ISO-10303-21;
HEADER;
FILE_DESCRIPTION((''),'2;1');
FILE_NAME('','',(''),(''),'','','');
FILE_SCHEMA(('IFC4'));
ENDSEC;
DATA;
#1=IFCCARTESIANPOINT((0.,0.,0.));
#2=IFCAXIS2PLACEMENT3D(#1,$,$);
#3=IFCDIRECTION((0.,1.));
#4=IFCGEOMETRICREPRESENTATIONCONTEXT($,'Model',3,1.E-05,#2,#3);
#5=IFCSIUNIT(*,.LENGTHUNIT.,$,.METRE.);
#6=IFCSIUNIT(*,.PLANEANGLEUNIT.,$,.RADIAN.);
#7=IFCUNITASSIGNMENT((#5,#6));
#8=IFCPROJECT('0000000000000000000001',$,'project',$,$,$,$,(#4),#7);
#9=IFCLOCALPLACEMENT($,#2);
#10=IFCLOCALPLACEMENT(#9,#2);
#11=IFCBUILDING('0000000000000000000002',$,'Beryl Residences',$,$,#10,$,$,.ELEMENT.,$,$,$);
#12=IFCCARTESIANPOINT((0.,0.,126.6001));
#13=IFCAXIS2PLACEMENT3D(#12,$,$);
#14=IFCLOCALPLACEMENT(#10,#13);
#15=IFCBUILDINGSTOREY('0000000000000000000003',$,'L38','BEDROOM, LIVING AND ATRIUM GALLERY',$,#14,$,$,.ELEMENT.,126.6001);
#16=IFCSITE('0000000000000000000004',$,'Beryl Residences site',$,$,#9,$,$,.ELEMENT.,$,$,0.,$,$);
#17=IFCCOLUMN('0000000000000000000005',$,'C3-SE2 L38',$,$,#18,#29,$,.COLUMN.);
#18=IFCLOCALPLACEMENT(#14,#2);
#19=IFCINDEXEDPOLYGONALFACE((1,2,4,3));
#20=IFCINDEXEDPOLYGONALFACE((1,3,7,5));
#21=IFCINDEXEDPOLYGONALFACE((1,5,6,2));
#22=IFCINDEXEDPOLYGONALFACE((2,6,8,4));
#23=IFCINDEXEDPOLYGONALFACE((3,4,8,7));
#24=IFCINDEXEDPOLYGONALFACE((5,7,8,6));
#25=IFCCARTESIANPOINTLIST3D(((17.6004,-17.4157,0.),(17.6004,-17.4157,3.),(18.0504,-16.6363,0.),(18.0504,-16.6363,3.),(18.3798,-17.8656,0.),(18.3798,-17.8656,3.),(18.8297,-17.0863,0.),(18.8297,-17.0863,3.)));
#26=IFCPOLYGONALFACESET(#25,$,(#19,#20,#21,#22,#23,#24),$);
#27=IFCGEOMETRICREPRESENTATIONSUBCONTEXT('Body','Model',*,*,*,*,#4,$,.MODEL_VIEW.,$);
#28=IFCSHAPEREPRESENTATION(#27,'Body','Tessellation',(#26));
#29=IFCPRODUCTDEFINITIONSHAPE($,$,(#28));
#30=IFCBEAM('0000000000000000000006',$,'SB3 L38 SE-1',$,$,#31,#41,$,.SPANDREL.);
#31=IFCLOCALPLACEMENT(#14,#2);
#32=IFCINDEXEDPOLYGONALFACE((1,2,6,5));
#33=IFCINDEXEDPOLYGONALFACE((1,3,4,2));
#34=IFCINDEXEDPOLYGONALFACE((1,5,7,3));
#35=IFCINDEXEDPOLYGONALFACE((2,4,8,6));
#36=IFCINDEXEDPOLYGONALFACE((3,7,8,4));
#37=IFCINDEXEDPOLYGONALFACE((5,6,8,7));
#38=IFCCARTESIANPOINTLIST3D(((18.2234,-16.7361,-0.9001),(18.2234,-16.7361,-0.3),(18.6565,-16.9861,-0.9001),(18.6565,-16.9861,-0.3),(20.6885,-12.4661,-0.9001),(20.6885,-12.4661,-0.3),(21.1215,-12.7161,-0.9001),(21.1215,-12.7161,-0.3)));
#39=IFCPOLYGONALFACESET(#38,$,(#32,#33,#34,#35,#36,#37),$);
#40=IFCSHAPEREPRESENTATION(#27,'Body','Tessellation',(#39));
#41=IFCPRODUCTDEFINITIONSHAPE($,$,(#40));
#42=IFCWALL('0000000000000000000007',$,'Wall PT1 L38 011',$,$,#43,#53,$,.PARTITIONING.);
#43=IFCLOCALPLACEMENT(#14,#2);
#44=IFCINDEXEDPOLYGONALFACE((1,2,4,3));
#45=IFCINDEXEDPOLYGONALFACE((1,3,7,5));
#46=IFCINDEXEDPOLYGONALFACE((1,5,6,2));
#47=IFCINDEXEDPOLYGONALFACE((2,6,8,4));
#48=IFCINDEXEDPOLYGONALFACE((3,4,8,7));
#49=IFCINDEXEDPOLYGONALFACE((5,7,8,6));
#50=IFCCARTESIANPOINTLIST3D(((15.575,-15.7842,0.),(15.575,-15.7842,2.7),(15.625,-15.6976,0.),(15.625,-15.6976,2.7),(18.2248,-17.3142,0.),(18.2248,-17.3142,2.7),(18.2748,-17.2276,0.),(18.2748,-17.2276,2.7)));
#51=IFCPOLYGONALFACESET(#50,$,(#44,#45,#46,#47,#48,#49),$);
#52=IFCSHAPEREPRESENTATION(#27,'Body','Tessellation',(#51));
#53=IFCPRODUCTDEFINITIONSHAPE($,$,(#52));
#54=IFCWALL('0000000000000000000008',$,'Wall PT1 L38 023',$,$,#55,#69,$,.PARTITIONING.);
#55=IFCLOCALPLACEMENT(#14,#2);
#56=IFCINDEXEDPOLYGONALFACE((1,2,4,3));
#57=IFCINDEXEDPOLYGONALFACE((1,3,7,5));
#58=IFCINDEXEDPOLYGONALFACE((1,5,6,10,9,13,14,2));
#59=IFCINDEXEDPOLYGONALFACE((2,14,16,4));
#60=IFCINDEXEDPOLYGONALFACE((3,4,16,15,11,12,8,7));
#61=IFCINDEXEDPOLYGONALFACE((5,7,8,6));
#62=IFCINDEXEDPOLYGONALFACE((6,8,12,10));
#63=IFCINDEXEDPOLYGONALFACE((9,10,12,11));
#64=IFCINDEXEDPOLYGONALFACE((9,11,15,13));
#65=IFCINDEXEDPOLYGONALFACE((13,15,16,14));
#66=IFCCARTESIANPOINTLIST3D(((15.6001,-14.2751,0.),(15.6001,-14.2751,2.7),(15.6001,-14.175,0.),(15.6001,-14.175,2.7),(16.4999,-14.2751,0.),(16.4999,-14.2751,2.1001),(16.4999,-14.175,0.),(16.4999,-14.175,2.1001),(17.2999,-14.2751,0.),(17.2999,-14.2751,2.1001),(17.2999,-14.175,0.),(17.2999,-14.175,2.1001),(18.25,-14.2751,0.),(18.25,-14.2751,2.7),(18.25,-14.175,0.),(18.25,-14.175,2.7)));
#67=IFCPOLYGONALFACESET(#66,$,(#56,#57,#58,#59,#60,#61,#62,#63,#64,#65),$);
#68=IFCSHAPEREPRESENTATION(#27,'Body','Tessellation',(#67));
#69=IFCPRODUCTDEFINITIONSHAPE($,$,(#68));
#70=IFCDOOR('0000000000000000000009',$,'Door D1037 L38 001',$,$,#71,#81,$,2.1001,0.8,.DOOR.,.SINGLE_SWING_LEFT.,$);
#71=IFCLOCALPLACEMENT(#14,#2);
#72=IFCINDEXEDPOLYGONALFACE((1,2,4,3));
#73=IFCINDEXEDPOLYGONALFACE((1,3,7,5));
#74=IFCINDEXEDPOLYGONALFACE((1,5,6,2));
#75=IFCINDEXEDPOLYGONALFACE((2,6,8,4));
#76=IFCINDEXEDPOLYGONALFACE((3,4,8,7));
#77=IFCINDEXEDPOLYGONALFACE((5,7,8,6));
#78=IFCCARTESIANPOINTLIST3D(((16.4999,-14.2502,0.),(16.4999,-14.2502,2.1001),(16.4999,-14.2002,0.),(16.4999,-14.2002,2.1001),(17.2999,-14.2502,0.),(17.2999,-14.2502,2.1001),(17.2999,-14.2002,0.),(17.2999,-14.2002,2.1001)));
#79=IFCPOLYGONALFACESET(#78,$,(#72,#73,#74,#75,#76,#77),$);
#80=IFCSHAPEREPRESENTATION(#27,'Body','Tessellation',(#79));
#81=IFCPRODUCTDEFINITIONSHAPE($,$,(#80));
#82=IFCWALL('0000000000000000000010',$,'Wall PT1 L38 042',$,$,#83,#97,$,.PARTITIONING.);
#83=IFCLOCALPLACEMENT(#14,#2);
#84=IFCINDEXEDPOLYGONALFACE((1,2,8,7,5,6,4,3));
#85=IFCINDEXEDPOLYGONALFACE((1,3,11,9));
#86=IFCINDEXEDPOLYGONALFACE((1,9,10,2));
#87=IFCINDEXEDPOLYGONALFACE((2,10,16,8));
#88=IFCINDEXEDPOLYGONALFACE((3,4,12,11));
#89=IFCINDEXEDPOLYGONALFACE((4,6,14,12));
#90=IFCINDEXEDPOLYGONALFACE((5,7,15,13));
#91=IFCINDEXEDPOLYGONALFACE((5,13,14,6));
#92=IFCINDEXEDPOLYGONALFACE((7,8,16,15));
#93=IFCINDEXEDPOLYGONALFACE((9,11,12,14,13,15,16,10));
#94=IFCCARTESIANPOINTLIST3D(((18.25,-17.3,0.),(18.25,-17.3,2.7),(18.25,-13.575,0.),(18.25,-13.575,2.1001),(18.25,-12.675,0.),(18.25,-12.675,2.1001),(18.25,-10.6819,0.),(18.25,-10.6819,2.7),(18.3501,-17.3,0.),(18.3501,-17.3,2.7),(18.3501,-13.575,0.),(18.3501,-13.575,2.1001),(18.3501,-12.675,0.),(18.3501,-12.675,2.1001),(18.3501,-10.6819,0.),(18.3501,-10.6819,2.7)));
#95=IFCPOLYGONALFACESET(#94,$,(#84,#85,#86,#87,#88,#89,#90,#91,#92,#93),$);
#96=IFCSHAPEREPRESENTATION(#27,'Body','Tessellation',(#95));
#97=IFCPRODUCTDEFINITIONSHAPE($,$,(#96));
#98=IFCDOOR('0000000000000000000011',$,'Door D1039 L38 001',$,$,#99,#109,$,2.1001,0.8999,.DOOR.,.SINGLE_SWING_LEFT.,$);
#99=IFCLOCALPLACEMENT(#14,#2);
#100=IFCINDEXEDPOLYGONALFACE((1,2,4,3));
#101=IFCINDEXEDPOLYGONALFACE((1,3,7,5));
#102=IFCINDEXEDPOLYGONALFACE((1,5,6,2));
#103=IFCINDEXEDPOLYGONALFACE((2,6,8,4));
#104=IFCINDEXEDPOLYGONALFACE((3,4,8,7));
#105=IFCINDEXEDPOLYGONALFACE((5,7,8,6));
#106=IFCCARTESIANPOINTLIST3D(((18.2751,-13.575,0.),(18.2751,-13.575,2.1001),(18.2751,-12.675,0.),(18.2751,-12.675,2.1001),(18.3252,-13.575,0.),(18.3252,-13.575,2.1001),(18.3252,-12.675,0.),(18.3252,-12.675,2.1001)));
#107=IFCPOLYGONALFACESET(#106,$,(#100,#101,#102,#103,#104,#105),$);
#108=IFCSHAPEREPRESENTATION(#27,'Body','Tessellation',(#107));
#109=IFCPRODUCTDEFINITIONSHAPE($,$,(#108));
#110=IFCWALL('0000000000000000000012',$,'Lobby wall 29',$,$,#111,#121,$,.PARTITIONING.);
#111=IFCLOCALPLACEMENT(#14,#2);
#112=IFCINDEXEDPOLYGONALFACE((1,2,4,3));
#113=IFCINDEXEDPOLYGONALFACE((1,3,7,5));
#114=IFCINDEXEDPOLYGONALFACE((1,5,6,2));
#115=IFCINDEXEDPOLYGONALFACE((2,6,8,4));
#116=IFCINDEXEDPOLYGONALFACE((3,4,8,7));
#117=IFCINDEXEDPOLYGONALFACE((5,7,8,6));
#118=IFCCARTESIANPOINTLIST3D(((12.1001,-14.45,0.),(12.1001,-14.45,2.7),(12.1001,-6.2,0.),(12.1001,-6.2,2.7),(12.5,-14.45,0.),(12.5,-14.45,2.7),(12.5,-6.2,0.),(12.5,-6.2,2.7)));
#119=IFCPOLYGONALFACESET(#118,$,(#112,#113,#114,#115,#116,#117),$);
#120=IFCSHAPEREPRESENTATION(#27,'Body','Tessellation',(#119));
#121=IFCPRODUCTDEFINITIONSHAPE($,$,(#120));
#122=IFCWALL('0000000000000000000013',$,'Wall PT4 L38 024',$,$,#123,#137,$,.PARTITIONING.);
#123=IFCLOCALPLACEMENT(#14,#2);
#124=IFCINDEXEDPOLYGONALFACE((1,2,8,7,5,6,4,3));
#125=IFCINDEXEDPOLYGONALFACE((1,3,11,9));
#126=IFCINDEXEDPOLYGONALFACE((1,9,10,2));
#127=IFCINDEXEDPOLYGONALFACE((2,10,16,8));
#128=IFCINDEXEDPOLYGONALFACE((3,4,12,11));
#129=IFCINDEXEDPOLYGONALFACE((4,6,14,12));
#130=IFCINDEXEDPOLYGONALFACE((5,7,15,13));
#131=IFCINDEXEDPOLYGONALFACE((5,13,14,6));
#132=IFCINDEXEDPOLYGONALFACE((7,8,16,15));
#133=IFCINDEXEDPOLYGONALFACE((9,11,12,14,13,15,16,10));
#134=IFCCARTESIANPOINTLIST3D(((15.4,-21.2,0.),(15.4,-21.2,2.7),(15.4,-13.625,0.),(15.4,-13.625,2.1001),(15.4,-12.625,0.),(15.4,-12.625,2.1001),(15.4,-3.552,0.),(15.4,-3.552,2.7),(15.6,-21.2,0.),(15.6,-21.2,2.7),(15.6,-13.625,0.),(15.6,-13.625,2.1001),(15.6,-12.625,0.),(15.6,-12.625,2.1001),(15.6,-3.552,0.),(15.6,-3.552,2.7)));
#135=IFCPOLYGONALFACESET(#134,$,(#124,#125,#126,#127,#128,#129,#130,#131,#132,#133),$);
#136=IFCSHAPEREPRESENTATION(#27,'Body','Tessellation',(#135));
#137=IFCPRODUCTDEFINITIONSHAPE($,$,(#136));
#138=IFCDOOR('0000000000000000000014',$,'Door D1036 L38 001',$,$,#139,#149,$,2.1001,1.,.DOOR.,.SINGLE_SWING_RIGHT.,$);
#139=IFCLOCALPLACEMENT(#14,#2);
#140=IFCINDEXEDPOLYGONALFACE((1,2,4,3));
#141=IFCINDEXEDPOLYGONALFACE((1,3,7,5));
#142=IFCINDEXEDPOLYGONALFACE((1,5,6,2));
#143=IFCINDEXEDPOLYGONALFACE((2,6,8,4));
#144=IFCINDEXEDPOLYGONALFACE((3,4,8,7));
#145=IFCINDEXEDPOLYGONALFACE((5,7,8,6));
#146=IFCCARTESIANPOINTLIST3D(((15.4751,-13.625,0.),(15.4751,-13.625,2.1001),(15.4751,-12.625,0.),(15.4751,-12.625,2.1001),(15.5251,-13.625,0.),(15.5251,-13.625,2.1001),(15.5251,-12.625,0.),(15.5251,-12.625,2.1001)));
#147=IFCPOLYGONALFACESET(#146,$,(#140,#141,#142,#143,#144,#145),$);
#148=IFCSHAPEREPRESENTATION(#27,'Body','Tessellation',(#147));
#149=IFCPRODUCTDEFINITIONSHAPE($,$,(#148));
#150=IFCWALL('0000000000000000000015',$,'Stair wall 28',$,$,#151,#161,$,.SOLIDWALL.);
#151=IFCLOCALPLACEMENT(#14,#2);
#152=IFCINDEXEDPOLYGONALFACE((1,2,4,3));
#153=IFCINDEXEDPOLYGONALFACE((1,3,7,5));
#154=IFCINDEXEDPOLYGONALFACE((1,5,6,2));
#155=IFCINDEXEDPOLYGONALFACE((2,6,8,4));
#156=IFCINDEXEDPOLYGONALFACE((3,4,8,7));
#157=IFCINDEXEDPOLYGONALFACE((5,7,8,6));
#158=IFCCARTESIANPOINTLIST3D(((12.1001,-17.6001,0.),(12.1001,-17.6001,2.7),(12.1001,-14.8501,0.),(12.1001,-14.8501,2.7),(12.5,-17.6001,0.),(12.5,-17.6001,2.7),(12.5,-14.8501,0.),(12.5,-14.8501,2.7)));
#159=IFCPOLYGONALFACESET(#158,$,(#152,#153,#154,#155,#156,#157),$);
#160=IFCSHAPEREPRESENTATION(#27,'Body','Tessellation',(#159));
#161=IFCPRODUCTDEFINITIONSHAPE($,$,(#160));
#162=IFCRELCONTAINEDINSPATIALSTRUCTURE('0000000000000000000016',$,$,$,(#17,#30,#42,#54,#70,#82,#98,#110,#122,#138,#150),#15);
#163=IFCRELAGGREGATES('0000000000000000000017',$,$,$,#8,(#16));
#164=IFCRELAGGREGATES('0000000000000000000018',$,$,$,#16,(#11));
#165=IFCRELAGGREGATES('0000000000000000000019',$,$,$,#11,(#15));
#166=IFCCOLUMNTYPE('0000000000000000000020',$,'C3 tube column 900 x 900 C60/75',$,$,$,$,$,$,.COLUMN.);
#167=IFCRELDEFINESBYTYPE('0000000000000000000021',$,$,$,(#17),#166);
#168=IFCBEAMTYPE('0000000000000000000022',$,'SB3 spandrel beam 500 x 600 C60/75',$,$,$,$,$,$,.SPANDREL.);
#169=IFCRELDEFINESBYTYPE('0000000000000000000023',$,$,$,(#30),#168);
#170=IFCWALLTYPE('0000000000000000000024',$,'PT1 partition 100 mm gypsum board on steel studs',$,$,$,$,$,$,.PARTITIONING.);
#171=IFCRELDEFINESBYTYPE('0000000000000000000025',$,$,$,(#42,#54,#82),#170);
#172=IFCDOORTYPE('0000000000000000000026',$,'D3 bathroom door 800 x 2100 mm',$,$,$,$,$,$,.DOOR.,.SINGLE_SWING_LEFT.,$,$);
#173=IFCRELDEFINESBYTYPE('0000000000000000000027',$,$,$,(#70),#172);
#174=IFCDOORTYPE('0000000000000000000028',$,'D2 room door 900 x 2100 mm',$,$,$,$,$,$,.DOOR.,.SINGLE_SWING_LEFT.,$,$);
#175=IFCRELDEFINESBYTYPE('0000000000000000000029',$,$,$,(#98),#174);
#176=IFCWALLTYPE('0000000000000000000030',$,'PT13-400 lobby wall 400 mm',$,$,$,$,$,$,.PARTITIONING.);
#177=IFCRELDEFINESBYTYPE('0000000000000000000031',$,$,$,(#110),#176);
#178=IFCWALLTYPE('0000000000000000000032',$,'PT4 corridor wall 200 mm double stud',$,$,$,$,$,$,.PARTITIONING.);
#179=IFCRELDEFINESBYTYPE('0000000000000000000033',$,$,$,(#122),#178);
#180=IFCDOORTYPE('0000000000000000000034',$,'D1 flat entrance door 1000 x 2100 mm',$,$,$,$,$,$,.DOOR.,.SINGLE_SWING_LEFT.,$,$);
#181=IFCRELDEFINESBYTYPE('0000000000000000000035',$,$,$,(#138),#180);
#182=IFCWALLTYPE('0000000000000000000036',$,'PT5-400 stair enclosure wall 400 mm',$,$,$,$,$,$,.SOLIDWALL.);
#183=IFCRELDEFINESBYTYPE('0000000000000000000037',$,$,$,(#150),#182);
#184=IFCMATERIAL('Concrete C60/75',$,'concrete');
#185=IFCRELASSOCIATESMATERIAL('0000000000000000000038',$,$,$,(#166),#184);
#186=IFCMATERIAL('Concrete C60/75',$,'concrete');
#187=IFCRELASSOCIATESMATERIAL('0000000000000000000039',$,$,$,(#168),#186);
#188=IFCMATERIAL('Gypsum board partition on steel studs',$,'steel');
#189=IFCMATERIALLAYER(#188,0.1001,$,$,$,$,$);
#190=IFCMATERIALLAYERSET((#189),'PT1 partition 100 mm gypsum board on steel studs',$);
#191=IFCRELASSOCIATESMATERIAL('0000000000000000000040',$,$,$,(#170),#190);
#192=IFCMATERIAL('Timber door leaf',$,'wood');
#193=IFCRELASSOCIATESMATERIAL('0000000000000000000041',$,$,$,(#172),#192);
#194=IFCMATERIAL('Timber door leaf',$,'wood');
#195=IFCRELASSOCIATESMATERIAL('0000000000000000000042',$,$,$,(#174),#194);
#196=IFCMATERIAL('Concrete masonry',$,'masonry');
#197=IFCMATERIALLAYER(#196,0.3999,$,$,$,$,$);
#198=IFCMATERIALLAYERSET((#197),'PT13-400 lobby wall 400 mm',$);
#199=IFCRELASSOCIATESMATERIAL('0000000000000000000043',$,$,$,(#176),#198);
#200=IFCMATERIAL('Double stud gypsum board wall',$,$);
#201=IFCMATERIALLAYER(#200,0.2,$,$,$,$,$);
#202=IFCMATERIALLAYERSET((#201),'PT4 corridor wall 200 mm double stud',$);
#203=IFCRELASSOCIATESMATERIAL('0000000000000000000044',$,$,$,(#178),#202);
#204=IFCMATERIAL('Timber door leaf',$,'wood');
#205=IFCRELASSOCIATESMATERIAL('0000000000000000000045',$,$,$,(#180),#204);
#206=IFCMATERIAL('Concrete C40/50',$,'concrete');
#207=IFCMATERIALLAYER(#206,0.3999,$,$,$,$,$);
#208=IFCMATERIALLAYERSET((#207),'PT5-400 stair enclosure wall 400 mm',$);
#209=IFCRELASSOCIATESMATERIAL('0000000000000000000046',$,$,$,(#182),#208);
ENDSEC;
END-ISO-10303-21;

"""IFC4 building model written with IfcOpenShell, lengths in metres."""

from ifc_helpers import new_model, si_unit, direction, frame, frame_2d, origin, origin_2d, place, context, subcontext, project, spatial, rectangle, extrude, material, layer, layer_set, material_profile, profile_set, type_object, element, fill, save


model = new_model("IFC4")

# Units and contexts
model_context = context("Model", 3, precision=1e-05, world=origin(), true_north=direction((0.0, 1.0)))
body_context = subcontext(model_context, "Body", "Model", "MODEL_VIEW")
ifc_project = project(units=[si_unit("LENGTHUNIT", "METRE"), si_unit("PLANEANGLEUNIT", "RADIAN")], contexts=[model_context])

# Site, building, storey
site_placement = place(None, origin())
site = spatial("IfcSite", under=ifc_project, at=site_placement, Name="Beryl Residences site", CompositionType="ELEMENT", RefElevation=0.0)
building_placement = place(site_placement, origin())
building = spatial("IfcBuilding", under=site, at=building_placement, Name="Beryl Residences", CompositionType="ELEMENT")
storey_placement = place(building_placement, frame((0.0, 0.0, 126.6001)))
storey = spatial("IfcBuildingStorey", under=building, at=storey_placement, Name="L38", Description="BEDROOM, LIVING AND ATRIUM GALLERY", CompositionType="ELEMENT", Elevation=126.6001)

# Column
ifc_material_1 = material(Name="Concrete C60/75", Category="concrete")
ifc_material_profile_1 = material_profile(ifc_material_1, rectangle(XDim=0.8999, YDim=0.8999, at=origin_2d()))
ifc_profile_set_1 = profile_set([ifc_material_profile_1], Name="Concrete C60/75")
column_type = type_object("IfcColumnType", Name="C3 tube column 900 x 900 C60/75", PredefinedType="COLUMN", material=ifc_profile_set_1)
column_placement = place(storey_placement, frame((18.2151, -17.251, 0.0), z_axis=(0.0, 0.0, 1.0), x_axis=(0.5, 0.866025, 0.0)))
element("IfcColumn", 1, at=column_placement, inside=storey, type_object=column_type, Name="C3-SE2 L38", PredefinedType="COLUMN", context=body_context, shape_type="SweptSolid", body=[
    extrude(rectangle(XDim=0.8999, YDim=0.8999, at=origin_2d()), origin(), (0.0, 0.0, 1.0), 3.0),
])

# Beam
ifc_material_2 = material(Name="Concrete C60/75", Category="concrete")
ifc_material_profile_2 = material_profile(ifc_material_2, rectangle(XDim=0.5, YDim=0.6001, at=origin_2d()))
ifc_profile_set_2 = profile_set([ifc_material_profile_2], Name="Concrete C60/75")
beam_type = type_object("IfcBeamType", Name="SB3 spandrel beam 500 x 600 C60/75", PredefinedType="SPANDREL", material=ifc_profile_set_2)
beam_placement = place(storey_placement, frame((18.4399, -16.8611, -0.6001), z_axis=(0.499968, 0.866044, 0.0), x_axis=(-0.866044, 0.499968, 0.0)))
element("IfcBeam", 2, at=beam_placement, inside=storey, type_object=beam_type, Name="SB3 L38 SE-1", PredefinedType="SPANDREL", context=body_context, shape_type="SweptSolid", body=[
    extrude(rectangle(XDim=0.5, YDim=0.6001, at=origin_2d()), origin(), (0.0, 0.0, 1.0), 4.9304),
])

# Wall
ifc_material_3 = material(Name="Gypsum board partition on steel studs", Category="steel")
ifc_layer_1 = layer(ifc_material_3, 0.1001)
ifc_layer_set_1 = layer_set([ifc_layer_1], Name="PT1 partition 100 mm gypsum board on steel studs")
wall_type_1 = type_object("IfcWallType", Name="PT1 partition 100 mm gypsum board on steel studs", PredefinedType="PARTITIONING", material=ifc_layer_set_1)
wall_1_placement = place(storey_placement, frame((15.6001, -15.741, 0.0), z_axis=(0.0, 0.0, 1.0), x_axis=(0.86601, -0.500026, 0.0)))
element("IfcWall", 3, at=wall_1_placement, inside=storey, type_object=wall_type_1, Name="Wall PT1 L38 011", PredefinedType="PARTITIONING", context=body_context, shape_type="SweptSolid", body=[
    extrude(rectangle(XDim=3.0598, YDim=0.1001, at=frame_2d((1.5298, 0.0))), origin(), (0.0, 0.0, 1.0), 2.7),
])

# Walls, openings, doors
wall_2_placement = place(storey_placement, frame((15.6001, -14.2251, 0.0), z_axis=(0.0, 0.0, 1.0), x_axis=(1.0, 0.0, 0.0)))
wall_2 = element("IfcWall", 4, at=wall_2_placement, inside=storey, type_object=wall_type_1, Name="Wall PT1 L38 023", PredefinedType="PARTITIONING", context=body_context, shape_type="SweptSolid", body=[
    extrude(rectangle(XDim=2.6499, YDim=0.1001, at=frame_2d((1.325, 0.0))), origin(), (0.0, 0.0, 1.0), 2.7),
])
opening_1_placement = place(wall_2_placement, frame((0.8999, 0.0, 0.0)))
opening_1 = element("IfcOpeningElement", 5, at=opening_1_placement, cuts=wall_2, PredefinedType="OPENING", context=body_context, shape_type="SweptSolid", body=[
    extrude(rectangle(XDim=0.8, YDim=2.1001, at=frame_2d((0.3999, 1.05))), frame((0.0, 0.0601, 0.0), z_axis=(0.0, -1.0, 0.0), x_axis=(1.0, 0.0, 0.0)), (0.0, 0.0, 1.0), 0.1201),
])
ifc_material_4 = material(Name="Timber door leaf", Category="wood")
door_type_1 = type_object("IfcDoorType", Name="D3 bathroom door 800 x 2100 mm", OperationType="SINGLE_SWING_LEFT", PredefinedType="DOOR", material=ifc_material_4)
door_1_placement = place(opening_1_placement, origin())
door_1 = element("IfcDoor", 6, at=door_1_placement, inside=storey, type_object=door_type_1, Name="Door D1037 L38 001", OperationType="SINGLE_SWING_LEFT", OverallHeight=2.1001, OverallWidth=0.8, PredefinedType="DOOR", context=body_context, shape_type="SweptSolid", body=[
    extrude(rectangle(XDim=0.8, YDim=2.1001, at=frame_2d((0.3999, 1.05))), frame((0.0, 0.0249, 0.0), z_axis=(0.0, -1.0, 0.0), x_axis=(1.0, 0.0, 0.0)), (0.0, 0.0, 1.0), 0.05),
])
fill(opening_1, door_1)
wall_3_placement = place(storey_placement, frame((18.3, -17.3, 0.0), z_axis=(0.0, 0.0, 1.0), x_axis=(0.0, 1.0, 0.0)))
wall_3 = element("IfcWall", 7, at=wall_3_placement, inside=storey, type_object=wall_type_1, Name="Wall PT1 L38 042", PredefinedType="PARTITIONING", context=body_context, shape_type="SweptSolid", body=[
    extrude(rectangle(XDim=6.6182, YDim=0.1001, at=frame_2d((3.3091, 0.0))), origin(), (0.0, 0.0, 1.0), 2.7),
])
opening_2_placement = place(wall_3_placement, frame((3.7251, 0.0, 0.0)))
opening_2 = element("IfcOpeningElement", 8, at=opening_2_placement, cuts=wall_3, PredefinedType="OPENING", context=body_context, shape_type="SweptSolid", body=[
    extrude(rectangle(XDim=0.8999, YDim=2.1001, at=frame_2d((0.45, 1.05))), frame((0.0, 0.0601, 0.0), z_axis=(0.0, -1.0, 0.0), x_axis=(1.0, 0.0, 0.0)), (0.0, 0.0, 1.0), 0.1201),
])
ifc_material_5 = material(Name="Timber door leaf", Category="wood")
door_type_2 = type_object("IfcDoorType", Name="D2 room door 900 x 2100 mm", OperationType="SINGLE_SWING_LEFT", PredefinedType="DOOR", material=ifc_material_5)
door_2_placement = place(opening_2_placement, origin())
door_2 = element("IfcDoor", 9, at=door_2_placement, inside=storey, type_object=door_type_2, Name="Door D1039 L38 001", OperationType="SINGLE_SWING_LEFT", OverallHeight=2.1001, OverallWidth=0.8999, PredefinedType="DOOR", context=body_context, shape_type="SweptSolid", body=[
    extrude(rectangle(XDim=0.8999, YDim=2.1001, at=frame_2d((0.45, 1.05))), frame((0.0, 0.0249, 0.0), z_axis=(0.0, -1.0, 0.0), x_axis=(1.0, 0.0, 0.0)), (0.0, 0.0, 1.0), 0.05),
])
fill(opening_2, door_2)

# Wall
ifc_material_6 = material(Name="Concrete masonry", Category="masonry")
ifc_layer_2 = layer(ifc_material_6, 0.3999)
ifc_layer_set_2 = layer_set([ifc_layer_2], Name="PT13-400 lobby wall 400 mm")
wall_type_2 = type_object("IfcWallType", Name="PT13-400 lobby wall 400 mm", PredefinedType="PARTITIONING", material=ifc_layer_set_2)
wall_4_placement = place(storey_placement, frame((12.3, -14.45, 0.0), z_axis=(0.0, 0.0, 1.0), x_axis=(0.0, 1.0, 0.0)))
element("IfcWall", 10, at=wall_4_placement, inside=storey, type_object=wall_type_2, Name="Lobby wall 29", PredefinedType="PARTITIONING", context=body_context, shape_type="SweptSolid", body=[
    extrude(rectangle(XDim=8.25, YDim=0.3999, at=frame_2d((4.125, 0.0))), origin(), (0.0, 0.0, 1.0), 2.7),
])

# Wall, opening, door
ifc_material_7 = material(Name="Double stud gypsum board wall")
ifc_layer_3 = layer(ifc_material_7, 0.2)
ifc_layer_set_3 = layer_set([ifc_layer_3], Name="PT4 corridor wall 200 mm double stud")
wall_type_3 = type_object("IfcWallType", Name="PT4 corridor wall 200 mm double stud", PredefinedType="PARTITIONING", material=ifc_layer_set_3)
wall_5_placement = place(storey_placement, frame((15.5, -21.2, 0.0), z_axis=(0.0, 0.0, 1.0), x_axis=(0.0, 1.0, 0.0)))
wall_5 = element("IfcWall", 11, at=wall_5_placement, inside=storey, type_object=wall_type_3, Name="Wall PT4 L38 024", PredefinedType="PARTITIONING", context=body_context, shape_type="SweptSolid", body=[
    extrude(rectangle(XDim=17.6479, YDim=0.2, at=frame_2d((8.824, 0.0))), origin(), (0.0, 0.0, 1.0), 2.7),
])
opening_3_placement = place(wall_5_placement, frame((7.575, 0.0, 0.0)))
opening_3 = element("IfcOpeningElement", 12, at=opening_3_placement, cuts=wall_5, PredefinedType="OPENING", context=body_context, shape_type="SweptSolid", body=[
    extrude(rectangle(XDim=1.0, YDim=2.1001, at=frame_2d((0.5, 1.05))), frame((0.0, 0.1099, 0.0), z_axis=(0.0, -1.0, 0.0), x_axis=(1.0, 0.0, 0.0)), (0.0, 0.0, 1.0), 0.22),
])
ifc_material_8 = material(Name="Timber door leaf", Category="wood")
door_type_3 = type_object("IfcDoorType", Name="D1 flat entrance door 1000 x 2100 mm", OperationType="SINGLE_SWING_LEFT", PredefinedType="DOOR", material=ifc_material_8)
door_3_placement = place(opening_3_placement, origin())
door_3 = element("IfcDoor", 13, at=door_3_placement, inside=storey, type_object=door_type_3, Name="Door D1036 L38 001", OperationType="SINGLE_SWING_RIGHT", OverallHeight=2.1001, OverallWidth=1.0, PredefinedType="DOOR", context=body_context, shape_type="SweptSolid", body=[
    extrude(rectangle(XDim=1.0, YDim=2.1001, at=frame_2d((0.5, 1.05))), frame((0.0, 0.0249, 0.0), z_axis=(0.0, -1.0, 0.0), x_axis=(1.0, 0.0, 0.0)), (0.0, 0.0, 1.0), 0.05),
])
fill(opening_3, door_3)

# Wall
ifc_material_9 = material(Name="Concrete C40/50", Category="concrete")
ifc_layer_4 = layer(ifc_material_9, 0.3999)
ifc_layer_set_4 = layer_set([ifc_layer_4], Name="PT5-400 stair enclosure wall 400 mm")
wall_type_4 = type_object("IfcWallType", Name="PT5-400 stair enclosure wall 400 mm", PredefinedType="SOLIDWALL", material=ifc_layer_set_4)
wall_6_placement = place(storey_placement, frame((12.3, -17.6001, 0.0), z_axis=(0.0, 0.0, 1.0), x_axis=(0.0, 1.0, 0.0)))
element("IfcWall", 14, at=wall_6_placement, inside=storey, type_object=wall_type_4, Name="Stair wall 28", PredefinedType="SOLIDWALL", context=body_context, shape_type="SweptSolid", body=[
    extrude(rectangle(XDim=2.75, YDim=0.3999, at=frame_2d((1.375, 0.0))), origin(), (0.0, 0.0, 1.0), 2.7),
])

save(model, "model.ifc")
